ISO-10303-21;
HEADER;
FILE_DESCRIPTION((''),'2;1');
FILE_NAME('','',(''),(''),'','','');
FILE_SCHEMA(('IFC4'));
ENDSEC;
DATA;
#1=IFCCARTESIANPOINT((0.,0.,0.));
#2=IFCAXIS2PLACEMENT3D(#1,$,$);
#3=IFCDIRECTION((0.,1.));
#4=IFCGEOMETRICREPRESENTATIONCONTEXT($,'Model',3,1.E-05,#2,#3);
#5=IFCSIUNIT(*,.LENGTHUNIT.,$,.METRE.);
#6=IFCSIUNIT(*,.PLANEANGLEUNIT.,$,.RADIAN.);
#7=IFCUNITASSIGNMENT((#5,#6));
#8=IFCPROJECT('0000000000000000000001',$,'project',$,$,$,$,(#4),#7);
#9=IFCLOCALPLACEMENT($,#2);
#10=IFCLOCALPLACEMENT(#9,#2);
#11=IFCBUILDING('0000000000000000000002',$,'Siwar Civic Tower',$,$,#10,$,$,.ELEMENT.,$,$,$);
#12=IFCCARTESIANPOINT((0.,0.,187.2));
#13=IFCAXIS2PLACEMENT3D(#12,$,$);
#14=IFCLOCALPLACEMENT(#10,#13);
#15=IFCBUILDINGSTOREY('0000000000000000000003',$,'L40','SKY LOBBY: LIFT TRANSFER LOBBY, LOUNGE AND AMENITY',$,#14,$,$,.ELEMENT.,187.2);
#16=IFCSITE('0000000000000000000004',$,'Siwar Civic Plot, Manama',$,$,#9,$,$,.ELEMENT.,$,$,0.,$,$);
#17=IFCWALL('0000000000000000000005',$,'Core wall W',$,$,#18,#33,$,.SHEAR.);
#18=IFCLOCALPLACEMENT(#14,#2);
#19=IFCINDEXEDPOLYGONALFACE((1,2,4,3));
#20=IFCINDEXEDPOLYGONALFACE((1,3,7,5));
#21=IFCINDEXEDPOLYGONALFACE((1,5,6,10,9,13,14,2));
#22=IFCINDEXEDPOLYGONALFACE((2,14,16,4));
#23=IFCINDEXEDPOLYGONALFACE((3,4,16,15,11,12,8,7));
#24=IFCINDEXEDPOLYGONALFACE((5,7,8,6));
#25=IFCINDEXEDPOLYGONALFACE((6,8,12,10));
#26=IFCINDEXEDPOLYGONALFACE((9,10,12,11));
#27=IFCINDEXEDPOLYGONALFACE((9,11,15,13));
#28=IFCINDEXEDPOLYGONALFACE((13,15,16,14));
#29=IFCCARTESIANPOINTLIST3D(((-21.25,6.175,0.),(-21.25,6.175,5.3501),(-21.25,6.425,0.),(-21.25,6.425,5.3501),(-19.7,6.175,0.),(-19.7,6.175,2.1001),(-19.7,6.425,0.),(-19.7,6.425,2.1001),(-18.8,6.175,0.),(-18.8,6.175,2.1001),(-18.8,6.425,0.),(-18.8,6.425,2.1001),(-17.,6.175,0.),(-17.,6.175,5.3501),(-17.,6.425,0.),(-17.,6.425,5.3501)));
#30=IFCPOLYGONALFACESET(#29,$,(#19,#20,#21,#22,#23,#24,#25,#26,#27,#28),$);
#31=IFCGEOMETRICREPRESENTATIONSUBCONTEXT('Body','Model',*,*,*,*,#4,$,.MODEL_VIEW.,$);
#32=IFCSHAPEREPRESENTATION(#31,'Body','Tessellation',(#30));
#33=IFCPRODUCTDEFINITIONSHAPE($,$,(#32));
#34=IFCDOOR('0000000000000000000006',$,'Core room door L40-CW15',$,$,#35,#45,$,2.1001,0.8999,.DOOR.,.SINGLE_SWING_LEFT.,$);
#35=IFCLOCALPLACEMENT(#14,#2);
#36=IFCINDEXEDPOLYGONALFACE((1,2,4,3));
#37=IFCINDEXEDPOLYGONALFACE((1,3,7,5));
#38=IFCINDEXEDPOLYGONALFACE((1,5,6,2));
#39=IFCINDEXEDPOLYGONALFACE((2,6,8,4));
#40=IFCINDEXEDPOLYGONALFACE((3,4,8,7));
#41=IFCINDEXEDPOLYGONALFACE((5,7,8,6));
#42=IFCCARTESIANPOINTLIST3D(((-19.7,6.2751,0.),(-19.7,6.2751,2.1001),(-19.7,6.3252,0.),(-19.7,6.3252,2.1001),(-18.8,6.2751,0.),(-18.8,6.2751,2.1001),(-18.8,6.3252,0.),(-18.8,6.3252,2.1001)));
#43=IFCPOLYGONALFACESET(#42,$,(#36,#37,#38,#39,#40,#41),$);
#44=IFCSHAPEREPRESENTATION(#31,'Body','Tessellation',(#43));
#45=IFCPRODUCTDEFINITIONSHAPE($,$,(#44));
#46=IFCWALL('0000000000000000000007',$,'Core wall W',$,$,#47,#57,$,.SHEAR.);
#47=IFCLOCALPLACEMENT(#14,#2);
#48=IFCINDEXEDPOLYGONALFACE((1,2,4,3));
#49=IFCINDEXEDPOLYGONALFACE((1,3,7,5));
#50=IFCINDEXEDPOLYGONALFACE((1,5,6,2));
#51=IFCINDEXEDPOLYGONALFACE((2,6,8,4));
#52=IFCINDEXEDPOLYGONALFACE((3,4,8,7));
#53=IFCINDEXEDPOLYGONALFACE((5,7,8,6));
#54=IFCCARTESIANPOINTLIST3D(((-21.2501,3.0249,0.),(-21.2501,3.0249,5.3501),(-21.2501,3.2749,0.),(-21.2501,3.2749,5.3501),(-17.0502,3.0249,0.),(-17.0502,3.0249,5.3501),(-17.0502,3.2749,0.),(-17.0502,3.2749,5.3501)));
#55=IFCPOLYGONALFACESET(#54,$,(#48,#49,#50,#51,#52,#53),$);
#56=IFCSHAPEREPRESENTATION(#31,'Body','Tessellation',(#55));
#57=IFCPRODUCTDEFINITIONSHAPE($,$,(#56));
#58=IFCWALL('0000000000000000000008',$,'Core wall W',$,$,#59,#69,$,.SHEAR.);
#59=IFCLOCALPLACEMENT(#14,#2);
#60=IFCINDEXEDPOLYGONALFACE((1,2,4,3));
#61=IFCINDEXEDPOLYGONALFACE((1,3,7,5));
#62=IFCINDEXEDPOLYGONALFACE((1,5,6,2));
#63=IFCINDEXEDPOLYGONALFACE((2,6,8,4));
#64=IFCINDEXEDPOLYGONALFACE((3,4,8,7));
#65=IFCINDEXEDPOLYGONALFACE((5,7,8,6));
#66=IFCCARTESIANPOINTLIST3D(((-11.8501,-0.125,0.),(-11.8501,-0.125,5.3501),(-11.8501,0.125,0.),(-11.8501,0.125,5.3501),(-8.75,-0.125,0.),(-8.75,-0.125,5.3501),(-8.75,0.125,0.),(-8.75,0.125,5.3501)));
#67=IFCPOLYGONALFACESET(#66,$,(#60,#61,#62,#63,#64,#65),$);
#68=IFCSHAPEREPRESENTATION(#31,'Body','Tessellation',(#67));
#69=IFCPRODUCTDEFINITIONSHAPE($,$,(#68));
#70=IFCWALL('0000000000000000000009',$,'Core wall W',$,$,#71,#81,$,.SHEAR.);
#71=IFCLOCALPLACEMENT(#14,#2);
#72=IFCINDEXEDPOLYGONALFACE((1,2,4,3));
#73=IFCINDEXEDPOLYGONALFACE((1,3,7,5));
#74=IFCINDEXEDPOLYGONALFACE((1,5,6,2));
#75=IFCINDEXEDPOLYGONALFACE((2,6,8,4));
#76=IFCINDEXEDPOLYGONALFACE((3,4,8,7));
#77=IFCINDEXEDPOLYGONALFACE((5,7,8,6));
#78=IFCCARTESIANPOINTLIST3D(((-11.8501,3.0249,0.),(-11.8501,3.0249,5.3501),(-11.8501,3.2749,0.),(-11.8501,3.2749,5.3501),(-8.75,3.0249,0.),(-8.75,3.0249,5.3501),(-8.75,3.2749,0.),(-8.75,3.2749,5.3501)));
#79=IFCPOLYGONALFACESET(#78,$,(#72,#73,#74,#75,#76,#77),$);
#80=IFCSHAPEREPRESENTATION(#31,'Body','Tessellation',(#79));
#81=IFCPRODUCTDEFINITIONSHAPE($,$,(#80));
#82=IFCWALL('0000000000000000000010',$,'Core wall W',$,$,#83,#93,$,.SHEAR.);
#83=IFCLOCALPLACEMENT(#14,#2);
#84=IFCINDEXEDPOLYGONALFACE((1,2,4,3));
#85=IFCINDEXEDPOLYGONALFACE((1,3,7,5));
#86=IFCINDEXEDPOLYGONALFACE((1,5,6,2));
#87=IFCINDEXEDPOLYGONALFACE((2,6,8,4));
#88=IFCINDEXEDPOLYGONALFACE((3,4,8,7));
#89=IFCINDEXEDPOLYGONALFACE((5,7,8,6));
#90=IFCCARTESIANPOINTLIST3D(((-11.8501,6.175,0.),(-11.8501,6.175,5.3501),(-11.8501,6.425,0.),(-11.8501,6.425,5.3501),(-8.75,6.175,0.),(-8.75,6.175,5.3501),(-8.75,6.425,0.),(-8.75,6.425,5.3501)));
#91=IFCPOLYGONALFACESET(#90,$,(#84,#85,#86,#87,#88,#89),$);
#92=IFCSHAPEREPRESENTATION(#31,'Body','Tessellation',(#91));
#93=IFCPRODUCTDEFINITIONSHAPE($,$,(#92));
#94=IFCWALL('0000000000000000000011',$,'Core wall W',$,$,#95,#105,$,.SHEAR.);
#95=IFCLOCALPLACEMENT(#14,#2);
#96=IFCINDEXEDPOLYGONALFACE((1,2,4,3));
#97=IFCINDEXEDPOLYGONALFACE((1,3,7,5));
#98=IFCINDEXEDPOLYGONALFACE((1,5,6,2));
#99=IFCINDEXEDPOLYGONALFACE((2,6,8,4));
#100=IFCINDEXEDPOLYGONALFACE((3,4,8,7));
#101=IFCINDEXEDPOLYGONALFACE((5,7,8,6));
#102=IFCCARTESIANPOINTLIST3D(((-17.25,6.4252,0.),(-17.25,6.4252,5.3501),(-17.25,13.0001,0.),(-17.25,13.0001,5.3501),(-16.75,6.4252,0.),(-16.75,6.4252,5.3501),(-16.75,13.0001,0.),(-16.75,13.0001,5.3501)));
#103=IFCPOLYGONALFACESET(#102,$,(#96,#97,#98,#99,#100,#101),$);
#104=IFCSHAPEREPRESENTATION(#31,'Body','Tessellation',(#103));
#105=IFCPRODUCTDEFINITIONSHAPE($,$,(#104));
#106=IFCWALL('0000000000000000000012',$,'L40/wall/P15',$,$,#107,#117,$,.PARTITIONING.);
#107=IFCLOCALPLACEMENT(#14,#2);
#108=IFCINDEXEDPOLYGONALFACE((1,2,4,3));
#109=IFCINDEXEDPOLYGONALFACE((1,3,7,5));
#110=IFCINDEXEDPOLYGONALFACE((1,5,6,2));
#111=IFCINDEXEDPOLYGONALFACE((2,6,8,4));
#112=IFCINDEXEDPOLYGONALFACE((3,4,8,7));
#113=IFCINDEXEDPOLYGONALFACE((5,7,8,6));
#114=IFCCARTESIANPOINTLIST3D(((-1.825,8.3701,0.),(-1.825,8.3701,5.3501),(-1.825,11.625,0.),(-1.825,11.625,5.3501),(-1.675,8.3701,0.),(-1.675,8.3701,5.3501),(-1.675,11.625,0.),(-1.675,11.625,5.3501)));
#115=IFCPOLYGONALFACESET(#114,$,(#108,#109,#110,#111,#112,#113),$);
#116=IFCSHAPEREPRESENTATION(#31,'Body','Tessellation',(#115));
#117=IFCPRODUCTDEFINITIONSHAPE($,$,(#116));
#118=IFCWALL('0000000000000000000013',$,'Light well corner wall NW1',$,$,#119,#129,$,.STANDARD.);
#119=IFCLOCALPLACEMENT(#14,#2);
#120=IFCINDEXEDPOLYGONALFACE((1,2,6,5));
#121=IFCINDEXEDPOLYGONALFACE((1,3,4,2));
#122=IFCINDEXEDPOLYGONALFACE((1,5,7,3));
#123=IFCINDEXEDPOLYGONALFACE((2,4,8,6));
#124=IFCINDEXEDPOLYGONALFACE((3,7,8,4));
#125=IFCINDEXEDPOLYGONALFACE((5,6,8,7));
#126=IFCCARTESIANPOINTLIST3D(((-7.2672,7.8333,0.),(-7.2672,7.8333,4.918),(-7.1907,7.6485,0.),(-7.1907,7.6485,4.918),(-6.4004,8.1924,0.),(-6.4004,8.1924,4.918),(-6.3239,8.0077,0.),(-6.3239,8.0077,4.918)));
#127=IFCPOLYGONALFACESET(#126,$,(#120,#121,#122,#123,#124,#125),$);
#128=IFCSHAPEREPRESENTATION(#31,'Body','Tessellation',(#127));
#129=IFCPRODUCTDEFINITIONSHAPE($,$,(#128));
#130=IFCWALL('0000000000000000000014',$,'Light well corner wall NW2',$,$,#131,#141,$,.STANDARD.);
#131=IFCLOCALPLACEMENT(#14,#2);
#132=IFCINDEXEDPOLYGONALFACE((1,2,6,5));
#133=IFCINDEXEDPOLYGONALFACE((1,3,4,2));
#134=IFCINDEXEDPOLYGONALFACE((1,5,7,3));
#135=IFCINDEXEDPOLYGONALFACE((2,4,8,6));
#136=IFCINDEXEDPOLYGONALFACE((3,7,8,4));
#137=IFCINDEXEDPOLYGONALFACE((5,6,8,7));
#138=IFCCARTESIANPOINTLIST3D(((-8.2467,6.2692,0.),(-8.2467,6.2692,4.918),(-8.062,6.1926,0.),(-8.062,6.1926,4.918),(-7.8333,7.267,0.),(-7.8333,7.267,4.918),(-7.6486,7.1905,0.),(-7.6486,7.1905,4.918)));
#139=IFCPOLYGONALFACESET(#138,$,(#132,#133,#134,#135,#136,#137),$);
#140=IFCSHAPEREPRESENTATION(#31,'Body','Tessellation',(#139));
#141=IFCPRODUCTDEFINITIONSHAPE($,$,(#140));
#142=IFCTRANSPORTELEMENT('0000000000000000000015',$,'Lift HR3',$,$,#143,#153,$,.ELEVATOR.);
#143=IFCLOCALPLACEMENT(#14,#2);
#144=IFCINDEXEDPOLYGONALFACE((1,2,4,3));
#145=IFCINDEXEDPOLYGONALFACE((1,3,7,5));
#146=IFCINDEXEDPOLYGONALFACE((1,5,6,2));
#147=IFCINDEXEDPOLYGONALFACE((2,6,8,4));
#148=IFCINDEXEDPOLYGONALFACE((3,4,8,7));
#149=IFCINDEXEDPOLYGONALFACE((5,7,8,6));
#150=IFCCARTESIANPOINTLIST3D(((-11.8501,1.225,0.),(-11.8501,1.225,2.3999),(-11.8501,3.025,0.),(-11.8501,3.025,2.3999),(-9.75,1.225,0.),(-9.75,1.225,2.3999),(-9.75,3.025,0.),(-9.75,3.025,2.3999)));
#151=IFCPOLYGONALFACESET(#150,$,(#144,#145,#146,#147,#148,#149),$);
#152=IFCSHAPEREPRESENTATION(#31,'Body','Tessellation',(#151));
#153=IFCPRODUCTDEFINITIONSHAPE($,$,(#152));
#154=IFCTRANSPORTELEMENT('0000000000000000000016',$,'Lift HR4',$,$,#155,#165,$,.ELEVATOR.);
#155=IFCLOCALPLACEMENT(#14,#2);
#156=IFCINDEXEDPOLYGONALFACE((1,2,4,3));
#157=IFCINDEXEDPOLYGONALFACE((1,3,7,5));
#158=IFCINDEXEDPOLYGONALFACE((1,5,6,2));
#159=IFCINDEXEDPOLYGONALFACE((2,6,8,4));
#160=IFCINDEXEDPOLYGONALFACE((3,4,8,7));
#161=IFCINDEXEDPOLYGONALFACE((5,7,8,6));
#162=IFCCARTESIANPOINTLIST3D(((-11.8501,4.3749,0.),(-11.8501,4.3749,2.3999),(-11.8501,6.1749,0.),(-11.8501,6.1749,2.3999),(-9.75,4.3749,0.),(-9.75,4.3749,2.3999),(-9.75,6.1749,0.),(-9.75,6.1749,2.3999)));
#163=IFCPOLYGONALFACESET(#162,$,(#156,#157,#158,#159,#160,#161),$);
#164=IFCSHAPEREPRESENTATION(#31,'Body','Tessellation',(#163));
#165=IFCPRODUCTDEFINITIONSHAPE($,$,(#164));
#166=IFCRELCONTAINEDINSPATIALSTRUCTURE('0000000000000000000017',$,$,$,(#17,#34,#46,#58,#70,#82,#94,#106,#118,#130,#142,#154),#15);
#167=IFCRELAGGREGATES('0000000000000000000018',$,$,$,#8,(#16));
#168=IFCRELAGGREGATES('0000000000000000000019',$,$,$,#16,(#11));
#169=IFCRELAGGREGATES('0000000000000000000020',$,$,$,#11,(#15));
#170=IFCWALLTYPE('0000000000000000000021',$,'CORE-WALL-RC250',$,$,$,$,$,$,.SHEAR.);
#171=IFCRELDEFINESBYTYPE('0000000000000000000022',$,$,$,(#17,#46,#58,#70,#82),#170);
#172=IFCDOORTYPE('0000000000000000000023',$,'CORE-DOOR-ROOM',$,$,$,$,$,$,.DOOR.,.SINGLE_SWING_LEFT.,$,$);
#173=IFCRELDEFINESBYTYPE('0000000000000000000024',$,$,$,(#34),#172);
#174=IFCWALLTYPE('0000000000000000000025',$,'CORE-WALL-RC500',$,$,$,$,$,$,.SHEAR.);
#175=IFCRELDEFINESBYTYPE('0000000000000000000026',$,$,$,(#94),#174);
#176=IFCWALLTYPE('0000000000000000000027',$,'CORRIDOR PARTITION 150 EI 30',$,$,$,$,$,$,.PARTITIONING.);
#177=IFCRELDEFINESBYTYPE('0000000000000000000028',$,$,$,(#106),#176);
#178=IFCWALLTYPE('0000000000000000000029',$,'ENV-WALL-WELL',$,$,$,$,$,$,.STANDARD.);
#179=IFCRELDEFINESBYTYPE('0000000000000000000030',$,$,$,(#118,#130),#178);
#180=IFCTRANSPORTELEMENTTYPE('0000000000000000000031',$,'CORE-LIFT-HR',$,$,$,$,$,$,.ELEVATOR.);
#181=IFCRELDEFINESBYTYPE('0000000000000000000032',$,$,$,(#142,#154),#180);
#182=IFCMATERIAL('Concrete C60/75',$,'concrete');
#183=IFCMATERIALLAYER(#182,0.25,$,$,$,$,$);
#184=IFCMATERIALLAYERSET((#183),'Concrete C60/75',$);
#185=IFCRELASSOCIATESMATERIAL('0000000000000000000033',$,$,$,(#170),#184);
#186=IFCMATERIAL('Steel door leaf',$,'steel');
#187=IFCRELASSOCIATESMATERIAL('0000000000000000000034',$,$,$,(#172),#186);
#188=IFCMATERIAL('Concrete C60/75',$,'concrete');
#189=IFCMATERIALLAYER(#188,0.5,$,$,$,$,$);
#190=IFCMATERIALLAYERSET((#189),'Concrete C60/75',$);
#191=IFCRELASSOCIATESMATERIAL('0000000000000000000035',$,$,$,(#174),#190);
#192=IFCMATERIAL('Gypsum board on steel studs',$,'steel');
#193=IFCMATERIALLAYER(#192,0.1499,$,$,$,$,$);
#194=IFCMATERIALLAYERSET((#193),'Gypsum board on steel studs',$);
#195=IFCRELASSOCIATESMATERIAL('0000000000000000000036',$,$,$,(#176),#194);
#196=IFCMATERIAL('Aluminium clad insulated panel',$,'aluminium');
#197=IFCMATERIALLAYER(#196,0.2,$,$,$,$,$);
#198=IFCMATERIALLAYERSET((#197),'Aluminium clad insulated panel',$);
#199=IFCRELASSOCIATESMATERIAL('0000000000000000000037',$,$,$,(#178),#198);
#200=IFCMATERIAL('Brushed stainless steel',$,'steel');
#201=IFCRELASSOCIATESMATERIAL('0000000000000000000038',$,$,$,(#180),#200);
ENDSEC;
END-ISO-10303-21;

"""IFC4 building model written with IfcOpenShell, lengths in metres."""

from ifc_helpers import new_model, si_unit, direction, frame, frame_2d, origin, origin_2d, place, context, subcontext, project, spatial, rectangle, extrude, material, layer, layer_set, type_object, element, fill, save


model = new_model("IFC4")

# Units and contexts
model_context = context("Model", 3, precision=1e-05, world=origin(), true_north=direction((0.0, 1.0)))
body_context = subcontext(model_context, "Body", "Model", "MODEL_VIEW")
ifc_project = project(units=[si_unit("LENGTHUNIT", "METRE"), si_unit("PLANEANGLEUNIT", "RADIAN")], contexts=[model_context])

# Site, building, storey
site_placement = place(None, origin())
site = spatial("IfcSite", under=ifc_project, at=site_placement, Name="Siwar Civic Plot, Manama", CompositionType="ELEMENT", RefElevation=0.0)
building_placement = place(site_placement, origin())
building = spatial("IfcBuilding", under=site, at=building_placement, Name="Siwar Civic Tower", CompositionType="ELEMENT")
storey_placement = place(building_placement, frame((0.0, 0.0, 187.2)))
storey = spatial("IfcBuildingStorey", under=building, at=storey_placement, Name="L40", Description="SKY LOBBY: LIFT TRANSFER LOBBY, LOUNGE AND AMENITY", CompositionType="ELEMENT", Elevation=187.2)

# Shared definitions
ifc_material_1 = material(Name="Concrete C60/75", Category="concrete")
ifc_layer_1 = layer(ifc_material_1, 0.25)
ifc_layer_set_1 = layer_set([ifc_layer_1], Name="Concrete C60/75")
wall_type_1 = type_object("IfcWallType", Name="CORE-WALL-RC250", PredefinedType="SHEAR", material=ifc_layer_set_1)

# Wall, opening, door
wall_1_placement = place(storey_placement, frame((-17.0, 6.3, 0.0), z_axis=(0.0, 0.0, 1.0), x_axis=(-1.0, 0.0, 0.0)))
wall_1 = element("IfcWall", 1, at=wall_1_placement, inside=storey, type_object=wall_type_1, Name="Core wall W", PredefinedType="SHEAR", context=body_context, shape_type="SweptSolid", body=[
    extrude(rectangle(XDim=4.25, YDim=0.25, at=frame_2d((2.125, 0.0))), origin(), (0.0, 0.0, 1.0), 5.3501),
])
opening_1_placement = place(wall_1_placement, frame((1.8, 0.0, 0.0)))
opening_1 = element("IfcOpeningElement", 2, at=opening_1_placement, cuts=wall_1, PredefinedType="OPENING", context=body_context, shape_type="SweptSolid", body=[
    extrude(rectangle(XDim=0.8999, YDim=2.1001, at=frame_2d((0.45, 1.05))), frame((0.0, 0.135, 0.0), z_axis=(0.0, -1.0, 0.0), x_axis=(1.0, 0.0, 0.0)), (0.0, 0.0, 1.0), 0.27),
])
ifc_material_2 = material(Name="Steel door leaf", Category="steel")
door_type_1 = type_object("IfcDoorType", Name="CORE-DOOR-ROOM", OperationType="SINGLE_SWING_LEFT", PredefinedType="DOOR", material=ifc_material_2)
door_1_placement = place(opening_1_placement, origin())
door_1 = element("IfcDoor", 3, at=door_1_placement, inside=storey, type_object=door_type_1, Name="Core room door L40-CW15", OperationType="SINGLE_SWING_LEFT", OverallHeight=2.1001, OverallWidth=0.8999, PredefinedType="DOOR", context=body_context, shape_type="SweptSolid", body=[
    extrude(rectangle(XDim=0.8999, YDim=2.1001, at=frame_2d((0.45, 1.05))), frame((0.0, 0.0249, 0.0), z_axis=(0.0, -1.0, 0.0), x_axis=(1.0, 0.0, 0.0)), (0.0, 0.0, 1.0), 0.05),
])
fill(opening_1, door_1)

# Walls
wall_2_placement = place(storey_placement, frame((-17.05, 3.1499, 0.0), z_axis=(0.0, 0.0, 1.0), x_axis=(-1.0, 0.0, 0.0)))
element("IfcWall", 4, at=wall_2_placement, inside=storey, type_object=wall_type_1, Name="Core wall W", PredefinedType="SHEAR", context=body_context, shape_type="SweptSolid", body=[
    extrude(rectangle(XDim=4.2, YDim=0.25, at=frame_2d((2.1001, 0.0))), origin(), (0.0, 0.0, 1.0), 5.3501),
])
for number, where, z_axis, x_axis, name in (
    (5, (-8.75, 0.0, 0.0), (0.0, 0.0, 1.0), (-1.0, 0.0, 0.0), "Core wall W"),
    (6, (-8.75, 3.1499, 0.0), (0.0, 0.0, 1.0), (-1.0, 0.0, 0.0), "Core wall W"),
    (7, (-8.75, 6.3, 0.0), (0.0, 0.0, 1.0), (-1.0, 0.0, 0.0), "Core wall W"),
):
    element("IfcWall", number, at=place(storey_placement, frame(where, z_axis=z_axis, x_axis=x_axis)), inside=storey, type_object=wall_type_1, Name=name, PredefinedType="SHEAR", context=body_context, shape_type="SweptSolid", body=[
        extrude(rectangle(XDim=3.1001, YDim=0.25, at=frame_2d((1.55, 0.0))), origin(), (0.0, 0.0, 1.0), 5.3501),
    ])
ifc_material_3 = material(Name="Concrete C60/75", Category="concrete")
ifc_layer_2 = layer(ifc_material_3, 0.5)
ifc_layer_set_2 = layer_set([ifc_layer_2], Name="Concrete C60/75")
wall_type_2 = type_object("IfcWallType", Name="CORE-WALL-RC500", PredefinedType="SHEAR", material=ifc_layer_set_2)
wall_3_placement = place(storey_placement, frame((-17.0, 6.425, 0.0), z_axis=(0.0, 0.0, 1.0), x_axis=(0.0, 1.0, 0.0)))
element("IfcWall", 8, at=wall_3_placement, inside=storey, type_object=wall_type_2, Name="Core wall W", PredefinedType="SHEAR", context=body_context, shape_type="SweptSolid", body=[
    extrude(rectangle(XDim=6.575, YDim=0.5, at=frame_2d((3.2876, 0.0))), origin(), (0.0, 0.0, 1.0), 5.3501),
])
ifc_material_4 = material(Name="Gypsum board on steel studs", Category="steel")
ifc_layer_3 = layer(ifc_material_4, 0.1499)
ifc_layer_set_3 = layer_set([ifc_layer_3], Name="Gypsum board on steel studs")
wall_type_3 = type_object("IfcWallType", Name="CORRIDOR PARTITION 150 EI 30", PredefinedType="PARTITIONING", material=ifc_layer_set_3)
wall_4_placement = place(storey_placement, frame((-1.75, 8.3701, 0.0), z_axis=(0.0, 0.0, 1.0), x_axis=(0.0, 1.0, 0.0)))
element("IfcWall", 9, at=wall_4_placement, inside=storey, type_object=wall_type_3, Name="L40/wall/P15", PredefinedType="PARTITIONING", context=body_context, shape_type="SweptSolid", body=[
    extrude(rectangle(XDim=3.2549, YDim=0.1499, at=frame_2d((1.6274, 0.0))), origin(), (0.0, 0.0, 1.0), 5.3501),
])
ifc_material_5 = material(Name="Aluminium clad insulated panel", Category="aluminium")
ifc_layer_4 = layer(ifc_material_5, 0.2)
ifc_layer_set_4 = layer_set([ifc_layer_4], Name="Aluminium clad insulated panel")
wall_type_4 = type_object("IfcWallType", Name="ENV-WALL-WELL", PredefinedType="STANDARD", material=ifc_layer_set_4)
wall_5_placement = place(storey_placement, frame((-6.3621, 8.1001, 0.0), z_axis=(0.0, 0.0, 1.0), x_axis=(-0.92383, -0.382804, 0.0)))
element("IfcWall", 10, at=wall_5_placement, inside=storey, type_object=wall_type_4, Name="Light well corner wall NW1", PredefinedType="STANDARD", context=body_context, shape_type="SweptSolid", body=[
    extrude(rectangle(XDim=0.9382, YDim=0.2, at=frame_2d((0.4692, 0.0))), origin(), (0.0, 0.0, 1.0), 4.918),
])
wall_6_placement = place(storey_placement, frame((-7.741, 7.2288, 0.0), z_axis=(0.0, 0.0, 1.0), x_axis=(-0.382704, -0.923871, 0.0)))
element("IfcWall", 11, at=wall_6_placement, inside=storey, type_object=wall_type_4, Name="Light well corner wall NW2", PredefinedType="STANDARD", context=body_context, shape_type="SweptSolid", body=[
    extrude(rectangle(XDim=1.0801, YDim=0.2, at=frame_2d((0.54, 0.0))), origin(), (0.0, 0.0, 1.0), 4.918),
])

# Transport elements
ifc_material_6 = material(Name="Brushed stainless steel", Category="steel")
transport_element_type = type_object("IfcTransportElementType", Name="CORE-LIFT-HR", PredefinedType="ELEVATOR", material=ifc_material_6)
for number, where, z_axis, x_axis, name in (
    (12, (-10.8, 2.125, 0.0), (0.0, 0.0, 1.0), (1.0, 0.0, 0.0), "Lift HR3"),
    (13, (-10.8, 5.2749, 0.0), (0.0, 0.0, 1.0), (1.0, 0.0, 0.0), "Lift HR4"),
):
    element("IfcTransportElement", number, at=place(storey_placement, frame(where, z_axis=z_axis, x_axis=x_axis)), inside=storey, type_object=transport_element_type, Name=name, PredefinedType="ELEVATOR", context=body_context, shape_type="SweptSolid", body=[
        extrude(rectangle(XDim=2.1001, YDim=1.8, at=origin_2d()), origin(), (0.0, 0.0, 1.0), 2.3999),
    ])

save(model, "model.ifc")
